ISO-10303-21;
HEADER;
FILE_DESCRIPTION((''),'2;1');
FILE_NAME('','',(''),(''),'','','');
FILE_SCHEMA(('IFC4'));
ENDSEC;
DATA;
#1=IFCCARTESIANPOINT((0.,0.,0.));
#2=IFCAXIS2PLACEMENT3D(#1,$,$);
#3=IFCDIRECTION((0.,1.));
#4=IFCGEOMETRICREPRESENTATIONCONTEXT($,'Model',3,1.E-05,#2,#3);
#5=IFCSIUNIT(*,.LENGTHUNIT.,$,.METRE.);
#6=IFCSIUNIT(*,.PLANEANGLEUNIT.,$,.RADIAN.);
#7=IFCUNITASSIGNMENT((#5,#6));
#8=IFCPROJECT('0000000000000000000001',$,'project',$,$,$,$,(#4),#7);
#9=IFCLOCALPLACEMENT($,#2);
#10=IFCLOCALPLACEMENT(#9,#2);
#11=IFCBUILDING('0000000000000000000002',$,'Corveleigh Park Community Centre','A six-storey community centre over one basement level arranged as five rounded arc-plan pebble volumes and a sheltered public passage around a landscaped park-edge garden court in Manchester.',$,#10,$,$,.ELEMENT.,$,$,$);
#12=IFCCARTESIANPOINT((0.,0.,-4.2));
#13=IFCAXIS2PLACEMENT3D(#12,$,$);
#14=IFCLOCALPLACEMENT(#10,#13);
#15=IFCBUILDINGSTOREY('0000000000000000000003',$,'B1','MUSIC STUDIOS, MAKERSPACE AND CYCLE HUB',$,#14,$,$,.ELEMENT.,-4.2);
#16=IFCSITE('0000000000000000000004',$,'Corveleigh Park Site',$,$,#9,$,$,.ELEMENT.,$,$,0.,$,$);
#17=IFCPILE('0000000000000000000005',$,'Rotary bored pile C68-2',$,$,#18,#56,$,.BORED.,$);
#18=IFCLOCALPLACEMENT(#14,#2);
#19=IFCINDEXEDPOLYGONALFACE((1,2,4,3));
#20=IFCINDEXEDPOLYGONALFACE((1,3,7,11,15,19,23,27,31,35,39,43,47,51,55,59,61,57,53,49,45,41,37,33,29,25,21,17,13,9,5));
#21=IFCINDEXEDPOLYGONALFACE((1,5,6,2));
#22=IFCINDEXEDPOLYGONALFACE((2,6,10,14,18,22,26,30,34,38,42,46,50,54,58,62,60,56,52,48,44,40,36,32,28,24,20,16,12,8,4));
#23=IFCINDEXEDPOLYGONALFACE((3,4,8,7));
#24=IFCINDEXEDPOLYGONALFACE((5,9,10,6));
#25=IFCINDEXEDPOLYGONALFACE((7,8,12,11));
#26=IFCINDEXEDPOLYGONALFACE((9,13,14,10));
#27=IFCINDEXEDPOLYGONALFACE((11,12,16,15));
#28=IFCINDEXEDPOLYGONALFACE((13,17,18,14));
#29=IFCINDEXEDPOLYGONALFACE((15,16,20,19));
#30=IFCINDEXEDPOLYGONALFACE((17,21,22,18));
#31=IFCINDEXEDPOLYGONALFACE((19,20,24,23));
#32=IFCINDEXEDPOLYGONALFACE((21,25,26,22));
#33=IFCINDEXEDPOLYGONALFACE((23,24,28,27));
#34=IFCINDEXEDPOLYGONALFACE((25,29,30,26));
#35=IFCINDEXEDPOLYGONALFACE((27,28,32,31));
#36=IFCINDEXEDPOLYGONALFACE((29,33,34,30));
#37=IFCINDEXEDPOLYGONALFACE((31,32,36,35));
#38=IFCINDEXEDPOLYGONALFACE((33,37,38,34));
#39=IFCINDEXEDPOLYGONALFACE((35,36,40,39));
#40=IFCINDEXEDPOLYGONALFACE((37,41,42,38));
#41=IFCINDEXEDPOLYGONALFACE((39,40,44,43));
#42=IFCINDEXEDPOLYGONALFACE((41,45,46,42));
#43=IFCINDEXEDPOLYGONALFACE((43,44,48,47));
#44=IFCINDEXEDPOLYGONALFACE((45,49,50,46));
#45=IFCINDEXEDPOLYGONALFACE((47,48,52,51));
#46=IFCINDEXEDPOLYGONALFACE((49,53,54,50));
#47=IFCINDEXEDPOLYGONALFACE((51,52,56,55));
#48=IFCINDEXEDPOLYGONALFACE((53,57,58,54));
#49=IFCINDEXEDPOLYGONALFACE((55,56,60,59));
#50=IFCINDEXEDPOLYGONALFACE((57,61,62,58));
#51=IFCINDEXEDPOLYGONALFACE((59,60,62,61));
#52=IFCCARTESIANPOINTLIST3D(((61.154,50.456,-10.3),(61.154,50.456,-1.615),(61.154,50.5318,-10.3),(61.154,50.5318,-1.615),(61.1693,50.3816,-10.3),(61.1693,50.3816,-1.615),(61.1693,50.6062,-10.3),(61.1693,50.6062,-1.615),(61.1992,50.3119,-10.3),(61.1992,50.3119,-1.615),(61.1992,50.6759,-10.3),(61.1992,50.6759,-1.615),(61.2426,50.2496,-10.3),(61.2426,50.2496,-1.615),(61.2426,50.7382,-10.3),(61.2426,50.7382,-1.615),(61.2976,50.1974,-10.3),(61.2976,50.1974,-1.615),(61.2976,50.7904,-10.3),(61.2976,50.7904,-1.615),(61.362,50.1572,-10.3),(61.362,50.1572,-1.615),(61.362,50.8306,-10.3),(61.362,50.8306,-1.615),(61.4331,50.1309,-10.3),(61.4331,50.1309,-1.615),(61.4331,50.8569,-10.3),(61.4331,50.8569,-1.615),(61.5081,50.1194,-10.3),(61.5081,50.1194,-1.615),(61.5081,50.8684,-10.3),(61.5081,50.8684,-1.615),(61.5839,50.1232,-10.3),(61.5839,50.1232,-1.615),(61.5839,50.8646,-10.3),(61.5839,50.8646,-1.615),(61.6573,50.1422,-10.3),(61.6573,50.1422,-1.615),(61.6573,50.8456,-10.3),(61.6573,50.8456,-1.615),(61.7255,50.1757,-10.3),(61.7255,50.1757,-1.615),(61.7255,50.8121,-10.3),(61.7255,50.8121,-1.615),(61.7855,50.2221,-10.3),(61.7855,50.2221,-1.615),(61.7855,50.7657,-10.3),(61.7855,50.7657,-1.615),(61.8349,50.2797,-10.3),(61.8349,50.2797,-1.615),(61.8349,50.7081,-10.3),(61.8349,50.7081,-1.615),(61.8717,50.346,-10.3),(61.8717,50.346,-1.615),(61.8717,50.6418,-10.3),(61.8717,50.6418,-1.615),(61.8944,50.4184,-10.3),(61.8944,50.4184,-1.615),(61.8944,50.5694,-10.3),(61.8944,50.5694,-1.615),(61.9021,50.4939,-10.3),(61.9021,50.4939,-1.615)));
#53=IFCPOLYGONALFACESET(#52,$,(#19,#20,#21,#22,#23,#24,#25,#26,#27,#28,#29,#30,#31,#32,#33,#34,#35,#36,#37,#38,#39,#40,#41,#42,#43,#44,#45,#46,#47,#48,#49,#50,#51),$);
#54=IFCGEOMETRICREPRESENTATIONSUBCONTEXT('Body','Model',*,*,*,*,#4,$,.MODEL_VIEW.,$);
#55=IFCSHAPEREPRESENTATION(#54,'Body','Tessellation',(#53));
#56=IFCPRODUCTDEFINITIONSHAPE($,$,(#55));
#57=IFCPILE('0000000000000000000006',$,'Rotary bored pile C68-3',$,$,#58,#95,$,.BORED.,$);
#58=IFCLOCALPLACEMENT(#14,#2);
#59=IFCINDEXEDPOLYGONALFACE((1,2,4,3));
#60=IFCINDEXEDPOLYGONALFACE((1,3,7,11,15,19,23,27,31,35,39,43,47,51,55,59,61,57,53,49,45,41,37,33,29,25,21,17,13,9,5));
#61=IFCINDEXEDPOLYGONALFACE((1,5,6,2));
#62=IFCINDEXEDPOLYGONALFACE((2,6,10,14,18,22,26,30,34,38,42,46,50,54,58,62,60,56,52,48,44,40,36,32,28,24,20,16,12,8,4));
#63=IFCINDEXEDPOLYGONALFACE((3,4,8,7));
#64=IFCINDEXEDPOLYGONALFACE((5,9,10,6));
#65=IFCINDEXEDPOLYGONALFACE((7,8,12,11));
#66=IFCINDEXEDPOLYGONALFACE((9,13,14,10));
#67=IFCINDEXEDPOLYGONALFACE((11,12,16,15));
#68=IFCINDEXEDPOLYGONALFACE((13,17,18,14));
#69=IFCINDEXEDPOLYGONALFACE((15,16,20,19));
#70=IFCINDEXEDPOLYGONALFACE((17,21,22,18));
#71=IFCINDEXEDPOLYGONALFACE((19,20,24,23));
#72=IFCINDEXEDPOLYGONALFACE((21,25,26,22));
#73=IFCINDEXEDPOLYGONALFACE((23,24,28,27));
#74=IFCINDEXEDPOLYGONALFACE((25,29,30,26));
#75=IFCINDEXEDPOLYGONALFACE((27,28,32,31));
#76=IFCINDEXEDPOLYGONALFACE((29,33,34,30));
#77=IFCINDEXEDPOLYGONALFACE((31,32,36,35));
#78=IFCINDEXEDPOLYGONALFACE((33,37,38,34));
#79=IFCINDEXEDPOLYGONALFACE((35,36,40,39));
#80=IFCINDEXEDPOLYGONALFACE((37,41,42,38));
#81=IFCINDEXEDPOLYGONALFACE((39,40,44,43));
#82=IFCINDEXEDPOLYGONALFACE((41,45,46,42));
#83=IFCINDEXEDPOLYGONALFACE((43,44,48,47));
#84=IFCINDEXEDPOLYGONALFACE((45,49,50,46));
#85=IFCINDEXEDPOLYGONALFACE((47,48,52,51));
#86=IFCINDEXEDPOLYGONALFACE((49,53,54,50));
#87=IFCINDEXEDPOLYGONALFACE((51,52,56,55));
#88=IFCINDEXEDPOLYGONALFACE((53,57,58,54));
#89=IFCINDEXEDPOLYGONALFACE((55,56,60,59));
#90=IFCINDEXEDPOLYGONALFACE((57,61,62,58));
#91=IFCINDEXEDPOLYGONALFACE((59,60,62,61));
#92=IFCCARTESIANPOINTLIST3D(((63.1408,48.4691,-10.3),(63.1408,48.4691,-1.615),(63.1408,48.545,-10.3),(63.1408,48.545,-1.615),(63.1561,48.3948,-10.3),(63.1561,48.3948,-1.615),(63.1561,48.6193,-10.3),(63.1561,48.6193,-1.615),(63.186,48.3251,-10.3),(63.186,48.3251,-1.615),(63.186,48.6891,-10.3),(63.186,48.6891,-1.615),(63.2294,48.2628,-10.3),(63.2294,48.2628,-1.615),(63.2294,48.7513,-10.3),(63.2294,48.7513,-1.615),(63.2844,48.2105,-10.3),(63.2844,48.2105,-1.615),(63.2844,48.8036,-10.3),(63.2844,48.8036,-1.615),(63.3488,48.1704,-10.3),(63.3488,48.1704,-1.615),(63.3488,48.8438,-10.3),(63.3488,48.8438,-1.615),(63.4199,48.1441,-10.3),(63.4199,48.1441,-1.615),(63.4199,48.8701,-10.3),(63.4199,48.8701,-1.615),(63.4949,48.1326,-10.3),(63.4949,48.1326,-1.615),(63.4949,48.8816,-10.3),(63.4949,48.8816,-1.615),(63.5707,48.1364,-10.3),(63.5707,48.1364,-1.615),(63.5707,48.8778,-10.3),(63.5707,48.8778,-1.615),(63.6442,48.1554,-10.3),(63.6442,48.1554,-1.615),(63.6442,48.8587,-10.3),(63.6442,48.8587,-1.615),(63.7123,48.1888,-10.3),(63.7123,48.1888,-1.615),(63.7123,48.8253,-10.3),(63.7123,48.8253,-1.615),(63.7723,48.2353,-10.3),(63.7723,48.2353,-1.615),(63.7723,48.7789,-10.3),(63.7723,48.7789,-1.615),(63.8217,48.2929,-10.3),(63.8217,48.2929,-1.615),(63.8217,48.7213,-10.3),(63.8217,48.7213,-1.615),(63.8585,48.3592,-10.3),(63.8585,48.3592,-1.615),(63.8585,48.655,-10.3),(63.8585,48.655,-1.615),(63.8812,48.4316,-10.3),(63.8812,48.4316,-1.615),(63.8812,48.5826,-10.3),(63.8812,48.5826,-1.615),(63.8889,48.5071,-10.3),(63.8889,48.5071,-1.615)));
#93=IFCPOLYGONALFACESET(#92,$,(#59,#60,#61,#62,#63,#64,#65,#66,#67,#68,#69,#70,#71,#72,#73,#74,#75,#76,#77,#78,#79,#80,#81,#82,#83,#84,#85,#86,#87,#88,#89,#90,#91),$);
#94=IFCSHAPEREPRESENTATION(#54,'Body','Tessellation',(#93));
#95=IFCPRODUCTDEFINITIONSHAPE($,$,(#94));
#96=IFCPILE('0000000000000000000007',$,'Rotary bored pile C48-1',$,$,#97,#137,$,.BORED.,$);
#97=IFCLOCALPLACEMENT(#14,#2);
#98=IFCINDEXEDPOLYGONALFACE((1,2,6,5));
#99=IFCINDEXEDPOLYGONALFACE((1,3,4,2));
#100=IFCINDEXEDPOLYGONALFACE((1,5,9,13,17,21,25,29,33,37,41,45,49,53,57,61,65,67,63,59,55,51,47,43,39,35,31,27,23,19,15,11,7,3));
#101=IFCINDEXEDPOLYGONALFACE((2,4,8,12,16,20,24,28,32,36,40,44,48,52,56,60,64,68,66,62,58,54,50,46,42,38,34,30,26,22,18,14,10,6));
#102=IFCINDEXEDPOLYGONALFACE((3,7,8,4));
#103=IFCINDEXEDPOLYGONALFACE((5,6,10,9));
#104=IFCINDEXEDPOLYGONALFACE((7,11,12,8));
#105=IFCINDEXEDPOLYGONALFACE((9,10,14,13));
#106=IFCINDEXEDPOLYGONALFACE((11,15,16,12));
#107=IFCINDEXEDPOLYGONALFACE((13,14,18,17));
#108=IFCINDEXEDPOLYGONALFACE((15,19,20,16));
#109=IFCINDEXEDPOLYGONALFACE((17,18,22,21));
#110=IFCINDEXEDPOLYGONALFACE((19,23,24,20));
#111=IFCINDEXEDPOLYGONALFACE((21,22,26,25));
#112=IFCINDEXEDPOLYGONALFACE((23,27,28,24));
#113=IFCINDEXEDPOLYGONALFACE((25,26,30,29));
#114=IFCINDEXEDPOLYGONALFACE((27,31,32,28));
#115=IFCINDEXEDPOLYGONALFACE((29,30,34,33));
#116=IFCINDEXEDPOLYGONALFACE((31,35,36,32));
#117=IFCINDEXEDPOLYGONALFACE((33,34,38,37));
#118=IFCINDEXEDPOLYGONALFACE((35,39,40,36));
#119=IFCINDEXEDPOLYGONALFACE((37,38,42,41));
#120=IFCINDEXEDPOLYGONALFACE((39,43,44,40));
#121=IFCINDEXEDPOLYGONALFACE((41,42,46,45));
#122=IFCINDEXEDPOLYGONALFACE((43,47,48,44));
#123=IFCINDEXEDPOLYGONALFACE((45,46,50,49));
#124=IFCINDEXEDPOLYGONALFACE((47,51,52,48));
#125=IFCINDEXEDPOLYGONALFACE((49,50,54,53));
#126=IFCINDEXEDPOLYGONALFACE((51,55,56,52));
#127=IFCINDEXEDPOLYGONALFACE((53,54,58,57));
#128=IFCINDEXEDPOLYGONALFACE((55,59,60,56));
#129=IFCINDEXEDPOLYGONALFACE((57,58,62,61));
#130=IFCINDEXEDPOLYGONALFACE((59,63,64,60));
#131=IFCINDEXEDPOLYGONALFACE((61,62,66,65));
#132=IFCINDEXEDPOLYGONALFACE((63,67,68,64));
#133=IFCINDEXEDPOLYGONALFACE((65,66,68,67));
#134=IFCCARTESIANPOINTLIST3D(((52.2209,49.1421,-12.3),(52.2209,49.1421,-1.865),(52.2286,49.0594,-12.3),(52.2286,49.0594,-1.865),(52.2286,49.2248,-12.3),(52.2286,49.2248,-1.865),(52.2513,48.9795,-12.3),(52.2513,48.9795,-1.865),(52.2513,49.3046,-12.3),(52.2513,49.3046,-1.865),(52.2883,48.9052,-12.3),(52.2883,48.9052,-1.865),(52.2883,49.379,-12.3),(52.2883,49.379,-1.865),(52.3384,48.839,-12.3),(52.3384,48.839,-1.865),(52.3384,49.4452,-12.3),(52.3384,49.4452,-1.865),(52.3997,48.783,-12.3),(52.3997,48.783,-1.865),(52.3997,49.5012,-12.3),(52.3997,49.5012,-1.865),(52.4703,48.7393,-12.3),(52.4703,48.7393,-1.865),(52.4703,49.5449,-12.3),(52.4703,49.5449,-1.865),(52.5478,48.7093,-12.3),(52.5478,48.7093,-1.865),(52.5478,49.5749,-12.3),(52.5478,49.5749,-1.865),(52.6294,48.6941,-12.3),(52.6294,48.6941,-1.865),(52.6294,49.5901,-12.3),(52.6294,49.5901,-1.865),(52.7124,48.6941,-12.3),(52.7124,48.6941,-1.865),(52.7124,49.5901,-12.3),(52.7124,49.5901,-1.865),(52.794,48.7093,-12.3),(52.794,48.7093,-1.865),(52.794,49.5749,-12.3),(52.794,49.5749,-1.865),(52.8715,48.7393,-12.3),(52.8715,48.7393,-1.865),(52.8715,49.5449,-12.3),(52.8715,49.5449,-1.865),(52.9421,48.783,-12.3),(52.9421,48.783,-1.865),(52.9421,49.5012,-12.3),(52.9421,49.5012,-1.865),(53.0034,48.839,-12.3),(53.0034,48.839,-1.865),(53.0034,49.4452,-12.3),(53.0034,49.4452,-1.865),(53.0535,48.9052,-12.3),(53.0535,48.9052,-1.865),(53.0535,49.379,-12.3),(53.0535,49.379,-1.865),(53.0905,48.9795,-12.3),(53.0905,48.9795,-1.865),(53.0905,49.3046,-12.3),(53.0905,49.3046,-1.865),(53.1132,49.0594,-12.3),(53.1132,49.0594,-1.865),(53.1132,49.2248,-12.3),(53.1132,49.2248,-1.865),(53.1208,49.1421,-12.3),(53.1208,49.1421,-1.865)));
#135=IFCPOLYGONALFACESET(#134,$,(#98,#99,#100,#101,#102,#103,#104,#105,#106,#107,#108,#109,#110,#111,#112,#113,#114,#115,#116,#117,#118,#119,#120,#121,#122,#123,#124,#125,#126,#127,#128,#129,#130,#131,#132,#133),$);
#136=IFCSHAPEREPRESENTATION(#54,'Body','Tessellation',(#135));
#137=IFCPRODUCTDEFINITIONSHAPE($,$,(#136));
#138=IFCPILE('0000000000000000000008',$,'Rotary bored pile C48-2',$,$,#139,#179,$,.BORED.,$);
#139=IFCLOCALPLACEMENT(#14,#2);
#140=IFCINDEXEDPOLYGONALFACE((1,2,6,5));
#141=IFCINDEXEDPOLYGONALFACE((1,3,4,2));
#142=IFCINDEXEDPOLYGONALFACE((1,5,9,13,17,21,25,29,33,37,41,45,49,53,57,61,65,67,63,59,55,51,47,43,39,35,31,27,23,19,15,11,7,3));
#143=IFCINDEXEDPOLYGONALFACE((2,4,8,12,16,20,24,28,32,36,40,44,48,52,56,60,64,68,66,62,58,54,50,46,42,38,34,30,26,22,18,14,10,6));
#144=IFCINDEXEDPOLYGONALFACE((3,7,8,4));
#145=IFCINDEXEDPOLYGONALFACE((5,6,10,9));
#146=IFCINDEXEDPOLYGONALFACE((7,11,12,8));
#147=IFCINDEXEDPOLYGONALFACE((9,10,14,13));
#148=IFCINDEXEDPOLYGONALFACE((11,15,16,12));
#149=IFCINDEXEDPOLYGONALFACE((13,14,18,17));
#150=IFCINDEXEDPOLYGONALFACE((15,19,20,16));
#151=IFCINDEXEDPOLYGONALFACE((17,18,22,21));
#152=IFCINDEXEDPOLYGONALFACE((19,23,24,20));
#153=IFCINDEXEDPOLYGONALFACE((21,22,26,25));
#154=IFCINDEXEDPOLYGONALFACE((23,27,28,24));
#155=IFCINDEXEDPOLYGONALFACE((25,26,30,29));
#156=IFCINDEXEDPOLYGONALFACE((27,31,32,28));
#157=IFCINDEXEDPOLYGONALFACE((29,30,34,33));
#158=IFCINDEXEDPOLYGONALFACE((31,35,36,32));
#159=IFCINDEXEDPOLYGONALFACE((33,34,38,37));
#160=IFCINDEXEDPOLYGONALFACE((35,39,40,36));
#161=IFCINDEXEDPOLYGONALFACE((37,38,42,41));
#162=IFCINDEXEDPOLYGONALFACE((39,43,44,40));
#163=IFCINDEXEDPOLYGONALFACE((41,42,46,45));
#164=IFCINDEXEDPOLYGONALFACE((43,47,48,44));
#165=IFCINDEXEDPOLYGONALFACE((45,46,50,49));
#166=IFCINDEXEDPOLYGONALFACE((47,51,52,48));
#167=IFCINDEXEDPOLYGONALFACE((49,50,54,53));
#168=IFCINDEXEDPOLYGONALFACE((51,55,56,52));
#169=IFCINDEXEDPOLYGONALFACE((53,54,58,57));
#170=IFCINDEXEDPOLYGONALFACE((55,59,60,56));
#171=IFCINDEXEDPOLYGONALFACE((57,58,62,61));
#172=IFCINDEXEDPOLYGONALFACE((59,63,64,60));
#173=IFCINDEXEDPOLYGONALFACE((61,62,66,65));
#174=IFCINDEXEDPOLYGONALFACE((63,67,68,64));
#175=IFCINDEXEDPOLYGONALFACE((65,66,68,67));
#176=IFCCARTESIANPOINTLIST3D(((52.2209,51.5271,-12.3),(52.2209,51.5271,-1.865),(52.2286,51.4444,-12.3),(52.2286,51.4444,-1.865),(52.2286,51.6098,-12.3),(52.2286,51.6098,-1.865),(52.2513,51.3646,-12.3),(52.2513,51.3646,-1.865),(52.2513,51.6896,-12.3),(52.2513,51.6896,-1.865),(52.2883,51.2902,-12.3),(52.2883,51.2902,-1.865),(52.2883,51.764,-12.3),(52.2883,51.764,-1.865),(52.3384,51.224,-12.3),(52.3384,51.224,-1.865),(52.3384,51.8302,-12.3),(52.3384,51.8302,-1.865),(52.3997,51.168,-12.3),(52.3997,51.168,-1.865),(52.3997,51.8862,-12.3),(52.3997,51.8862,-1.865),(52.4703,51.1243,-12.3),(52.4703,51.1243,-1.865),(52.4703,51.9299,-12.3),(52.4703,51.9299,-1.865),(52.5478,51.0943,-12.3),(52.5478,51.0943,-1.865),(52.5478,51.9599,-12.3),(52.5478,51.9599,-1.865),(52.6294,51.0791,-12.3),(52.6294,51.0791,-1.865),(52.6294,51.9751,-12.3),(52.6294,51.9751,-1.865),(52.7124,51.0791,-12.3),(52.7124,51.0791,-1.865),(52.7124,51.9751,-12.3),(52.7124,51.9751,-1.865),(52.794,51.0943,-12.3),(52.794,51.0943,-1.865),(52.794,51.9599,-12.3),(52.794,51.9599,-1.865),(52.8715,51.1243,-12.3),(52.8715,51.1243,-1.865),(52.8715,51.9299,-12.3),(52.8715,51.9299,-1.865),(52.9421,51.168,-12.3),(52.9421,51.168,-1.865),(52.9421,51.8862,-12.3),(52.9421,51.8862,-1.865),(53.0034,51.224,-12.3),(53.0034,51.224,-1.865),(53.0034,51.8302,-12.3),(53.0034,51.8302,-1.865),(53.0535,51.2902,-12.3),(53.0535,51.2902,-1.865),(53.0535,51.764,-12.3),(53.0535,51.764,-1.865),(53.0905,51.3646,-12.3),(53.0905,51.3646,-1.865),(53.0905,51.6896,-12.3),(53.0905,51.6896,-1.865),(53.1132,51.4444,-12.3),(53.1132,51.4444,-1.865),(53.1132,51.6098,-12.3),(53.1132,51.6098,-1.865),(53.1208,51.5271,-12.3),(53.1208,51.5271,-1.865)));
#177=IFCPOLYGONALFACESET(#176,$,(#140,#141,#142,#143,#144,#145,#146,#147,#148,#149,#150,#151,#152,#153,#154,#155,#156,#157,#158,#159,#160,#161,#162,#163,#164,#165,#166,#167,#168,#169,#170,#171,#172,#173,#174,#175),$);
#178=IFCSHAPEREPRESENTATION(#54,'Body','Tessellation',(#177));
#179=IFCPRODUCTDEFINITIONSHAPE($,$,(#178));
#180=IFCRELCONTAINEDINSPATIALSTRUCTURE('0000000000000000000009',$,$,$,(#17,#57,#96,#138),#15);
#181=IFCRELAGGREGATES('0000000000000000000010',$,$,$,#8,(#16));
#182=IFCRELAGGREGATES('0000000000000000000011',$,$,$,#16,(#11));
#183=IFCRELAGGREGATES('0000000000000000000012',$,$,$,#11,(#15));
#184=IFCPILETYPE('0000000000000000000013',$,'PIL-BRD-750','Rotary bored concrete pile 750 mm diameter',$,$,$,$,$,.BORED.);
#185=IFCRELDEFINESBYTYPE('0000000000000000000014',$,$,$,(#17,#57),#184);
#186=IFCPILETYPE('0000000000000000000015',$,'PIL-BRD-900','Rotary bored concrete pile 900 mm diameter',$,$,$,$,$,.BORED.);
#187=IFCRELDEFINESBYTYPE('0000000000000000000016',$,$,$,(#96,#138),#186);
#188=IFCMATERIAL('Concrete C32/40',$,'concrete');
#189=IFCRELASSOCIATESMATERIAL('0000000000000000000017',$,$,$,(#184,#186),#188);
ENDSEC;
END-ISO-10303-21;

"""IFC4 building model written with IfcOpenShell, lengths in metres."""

from ifc_helpers import new_model, si_unit, direction, frame, origin, origin_2d, place, context, subcontext, project, spatial, circle, extrude, material, material_profile, profile_set, type_object, element, save


model = new_model("IFC4")

# Units and contexts
model_context = context("Model", 3, precision=1e-05, world=origin(), true_north=direction((0.0, 1.0)))
body_context = subcontext(model_context, "Body", "Model", "MODEL_VIEW")
ifc_project = project(units=[si_unit("LENGTHUNIT", "METRE"), si_unit("PLANEANGLEUNIT", "RADIAN")], contexts=[model_context])

# Site, building, storey
site_placement = place(None, origin())
site = spatial("IfcSite", under=ifc_project, at=site_placement, Name="Corveleigh Park Site", CompositionType="ELEMENT", RefElevation=0.0)
building_placement = place(site_placement, origin())
building = spatial("IfcBuilding", under=site, at=building_placement, Name="Corveleigh Park Community Centre", Description="A six-storey community centre over one basement level arranged as five rounded arc-plan pebble volumes and a sheltered public passage around a landscaped park-edge garden court in Manchester.", CompositionType="ELEMENT")
storey_placement = place(building_placement, frame((0.0, 0.0, -4.2)))
storey = spatial("IfcBuildingStorey", under=building, at=storey_placement, Name="B1", Description="MUSIC STUDIOS, MAKERSPACE AND CYCLE HUB", CompositionType="ELEMENT", Elevation=-4.2)

# Piles
ifc_material_1 = material(Name="Concrete C32/40", Category="concrete")
ifc_material_profile_1 = material_profile(ifc_material_1, circle(Radius=0.375, at=origin_2d()), Name="BORED-PILE-750", Category="concrete")
ifc_profile_set_1 = profile_set([ifc_material_profile_1], Name="Concrete C32/40")
pile_type_1 = type_object("IfcPileType", Name="PIL-BRD-750", Description="Rotary bored concrete pile 750 mm diameter", PredefinedType="BORED", material=ifc_profile_set_1)
for number, where, z_axis, x_axis, name in (
    (1, (61.5271, 50.4939, -1.615), (0.0, 0.0, -1.0), (1.0, 0.0, 0.0), "Rotary bored pile C68-2"),
    (2, (63.5139, 48.5071, -1.615), (0.0, 0.0, -1.0), (1.0, 0.0, 0.0), "Rotary bored pile C68-3"),
):
    element("IfcPile", number, at=place(storey_placement, frame(where, z_axis=z_axis, x_axis=x_axis)), inside=storey, type_object=pile_type_1, Name=name, PredefinedType="BORED", context=body_context, shape_type="SweptSolid", body=[
        extrude(circle(Radius=0.375, at=origin_2d()), origin(), (0.0, 0.0, 1.0), 8.6851),
    ])
ifc_material_profile_2 = material_profile(ifc_material_1, circle(Radius=0.45, at=origin_2d()), Name="BORED-PILE-900", Category="concrete")
ifc_profile_set_2 = profile_set([ifc_material_profile_2], Name="Concrete C32/40")
pile_type_2 = type_object("IfcPileType", Name="PIL-BRD-900", Description="Rotary bored concrete pile 900 mm diameter", PredefinedType="BORED", material=ifc_profile_set_2)
for number, where, z_axis, x_axis, name in (
    (3, (52.6709, 49.1421, -1.865), (0.0, 0.0, -1.0), (1.0, 0.0, 0.0), "Rotary bored pile C48-1"),
    (4, (52.6709, 51.5271, -1.865), (0.0, 0.0, -1.0), (1.0, 0.0, 0.0), "Rotary bored pile C48-2"),
):
    element("IfcPile", number, at=place(storey_placement, frame(where, z_axis=z_axis, x_axis=x_axis)), inside=storey, type_object=pile_type_2, Name=name, PredefinedType="BORED", context=body_context, shape_type="SweptSolid", body=[
        extrude(circle(Radius=0.45, at=origin_2d()), origin(), (0.0, 0.0, 1.0), 10.4351),
    ])

save(model, "model.ifc")
